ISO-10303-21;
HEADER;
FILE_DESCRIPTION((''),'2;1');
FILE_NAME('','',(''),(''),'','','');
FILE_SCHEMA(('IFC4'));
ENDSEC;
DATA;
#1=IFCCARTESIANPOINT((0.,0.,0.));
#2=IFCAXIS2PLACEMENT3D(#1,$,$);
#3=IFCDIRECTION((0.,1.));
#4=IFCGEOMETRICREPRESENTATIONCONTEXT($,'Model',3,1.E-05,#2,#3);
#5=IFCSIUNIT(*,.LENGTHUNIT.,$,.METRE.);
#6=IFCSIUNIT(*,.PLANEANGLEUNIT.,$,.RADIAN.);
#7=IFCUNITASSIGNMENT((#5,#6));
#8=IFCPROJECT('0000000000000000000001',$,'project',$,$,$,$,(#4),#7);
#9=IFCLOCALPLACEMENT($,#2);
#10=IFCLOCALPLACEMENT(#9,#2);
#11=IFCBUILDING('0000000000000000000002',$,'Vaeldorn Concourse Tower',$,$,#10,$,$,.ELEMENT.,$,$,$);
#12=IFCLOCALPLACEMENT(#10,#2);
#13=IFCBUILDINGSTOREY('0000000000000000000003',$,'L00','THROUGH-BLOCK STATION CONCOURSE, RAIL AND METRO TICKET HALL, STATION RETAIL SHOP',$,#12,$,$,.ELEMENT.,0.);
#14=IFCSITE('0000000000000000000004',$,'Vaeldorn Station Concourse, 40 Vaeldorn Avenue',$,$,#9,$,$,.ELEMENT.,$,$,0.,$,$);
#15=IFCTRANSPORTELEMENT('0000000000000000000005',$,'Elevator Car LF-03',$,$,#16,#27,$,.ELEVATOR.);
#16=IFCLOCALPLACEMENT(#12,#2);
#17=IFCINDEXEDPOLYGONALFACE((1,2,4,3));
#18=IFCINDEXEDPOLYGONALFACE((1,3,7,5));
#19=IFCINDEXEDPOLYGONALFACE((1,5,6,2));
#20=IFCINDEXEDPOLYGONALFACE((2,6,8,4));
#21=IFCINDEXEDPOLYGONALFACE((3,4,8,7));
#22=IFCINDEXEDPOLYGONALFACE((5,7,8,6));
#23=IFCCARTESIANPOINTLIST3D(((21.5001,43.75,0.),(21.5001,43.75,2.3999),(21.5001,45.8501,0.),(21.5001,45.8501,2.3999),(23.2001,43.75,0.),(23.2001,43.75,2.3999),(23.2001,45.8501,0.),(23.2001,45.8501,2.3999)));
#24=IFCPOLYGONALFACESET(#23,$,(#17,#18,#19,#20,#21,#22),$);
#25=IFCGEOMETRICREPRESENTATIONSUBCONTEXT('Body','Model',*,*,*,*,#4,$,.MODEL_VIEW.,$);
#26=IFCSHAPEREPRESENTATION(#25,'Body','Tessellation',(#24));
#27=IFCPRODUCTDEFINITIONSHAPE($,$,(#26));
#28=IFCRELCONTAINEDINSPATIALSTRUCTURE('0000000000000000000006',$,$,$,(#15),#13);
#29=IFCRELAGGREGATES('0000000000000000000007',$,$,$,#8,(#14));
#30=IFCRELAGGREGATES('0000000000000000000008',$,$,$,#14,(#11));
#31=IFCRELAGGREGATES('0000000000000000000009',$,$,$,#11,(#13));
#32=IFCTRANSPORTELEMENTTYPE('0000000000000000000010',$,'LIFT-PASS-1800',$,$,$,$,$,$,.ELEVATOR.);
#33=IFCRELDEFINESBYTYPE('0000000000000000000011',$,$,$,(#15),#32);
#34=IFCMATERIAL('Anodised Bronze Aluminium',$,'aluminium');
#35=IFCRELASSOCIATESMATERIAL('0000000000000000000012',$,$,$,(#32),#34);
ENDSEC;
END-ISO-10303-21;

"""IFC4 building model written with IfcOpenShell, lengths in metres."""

from ifc_helpers import new_model, si_unit, direction, frame, origin, origin_2d, place, context, subcontext, project, spatial, rectangle, extrude, source, transform, mapped, material, type_object, element, save


model = new_model("IFC4")

# Units and contexts
model_context = context("Model", 3, precision=1e-05, world=origin(), true_north=direction((0.0, 1.0)))
body_context = subcontext(model_context, "Body", "Model", "MODEL_VIEW")
ifc_project = project(units=[si_unit("LENGTHUNIT", "METRE"), si_unit("PLANEANGLEUNIT", "RADIAN")], contexts=[model_context])

# Site, building, storey
site_placement = place(None, origin())
site = spatial("IfcSite", under=ifc_project, at=site_placement, Name="Vaeldorn Station Concourse, 40 Vaeldorn Avenue", CompositionType="ELEMENT", RefElevation=0.0)
building_placement = place(site_placement, origin())
building = spatial("IfcBuilding", under=site, at=building_placement, Name="Vaeldorn Concourse Tower", CompositionType="ELEMENT")
storey_placement = place(building_placement, origin())
storey = spatial("IfcBuildingStorey", under=building, at=storey_placement, Name="L00", Description="THROUGH-BLOCK STATION CONCOURSE, RAIL AND METRO TICKET HALL, STATION RETAIL SHOP", CompositionType="ELEMENT", Elevation=0.0)

# Shared definitions
ifc_material_1 = material(Name="Anodised Bronze Aluminium", Category="aluminium")

# Transport element
transport_element_type = type_object("IfcTransportElementType", Name="LIFT-PASS-1800", PredefinedType="ELEVATOR", material=ifc_material_1)
shared_shape_1 = source(origin(), body_context, "Body", "SweptSolid", [
    extrude(rectangle(XDim=1.7, YDim=2.1001, at=origin_2d()), origin(), (0.0, 0.0, 1.0), 2.3999),
])
transport_element_placement = place(storey_placement, frame((22.3501, 44.8, 0.0), z_axis=(0.0, 0.0, 1.0), x_axis=(1.0, 0.0, 0.0)))
element("IfcTransportElement", 1, at=transport_element_placement, inside=storey, type_object=transport_element_type, Name="Elevator Car LF-03", PredefinedType="ELEVATOR", context=body_context, shape_type="MappedRepresentation", body=[
    mapped(shared_shape_1, transform((0.0, 0.0, 0.0), scale=1.0)),
])

save(model, "model.ifc")
